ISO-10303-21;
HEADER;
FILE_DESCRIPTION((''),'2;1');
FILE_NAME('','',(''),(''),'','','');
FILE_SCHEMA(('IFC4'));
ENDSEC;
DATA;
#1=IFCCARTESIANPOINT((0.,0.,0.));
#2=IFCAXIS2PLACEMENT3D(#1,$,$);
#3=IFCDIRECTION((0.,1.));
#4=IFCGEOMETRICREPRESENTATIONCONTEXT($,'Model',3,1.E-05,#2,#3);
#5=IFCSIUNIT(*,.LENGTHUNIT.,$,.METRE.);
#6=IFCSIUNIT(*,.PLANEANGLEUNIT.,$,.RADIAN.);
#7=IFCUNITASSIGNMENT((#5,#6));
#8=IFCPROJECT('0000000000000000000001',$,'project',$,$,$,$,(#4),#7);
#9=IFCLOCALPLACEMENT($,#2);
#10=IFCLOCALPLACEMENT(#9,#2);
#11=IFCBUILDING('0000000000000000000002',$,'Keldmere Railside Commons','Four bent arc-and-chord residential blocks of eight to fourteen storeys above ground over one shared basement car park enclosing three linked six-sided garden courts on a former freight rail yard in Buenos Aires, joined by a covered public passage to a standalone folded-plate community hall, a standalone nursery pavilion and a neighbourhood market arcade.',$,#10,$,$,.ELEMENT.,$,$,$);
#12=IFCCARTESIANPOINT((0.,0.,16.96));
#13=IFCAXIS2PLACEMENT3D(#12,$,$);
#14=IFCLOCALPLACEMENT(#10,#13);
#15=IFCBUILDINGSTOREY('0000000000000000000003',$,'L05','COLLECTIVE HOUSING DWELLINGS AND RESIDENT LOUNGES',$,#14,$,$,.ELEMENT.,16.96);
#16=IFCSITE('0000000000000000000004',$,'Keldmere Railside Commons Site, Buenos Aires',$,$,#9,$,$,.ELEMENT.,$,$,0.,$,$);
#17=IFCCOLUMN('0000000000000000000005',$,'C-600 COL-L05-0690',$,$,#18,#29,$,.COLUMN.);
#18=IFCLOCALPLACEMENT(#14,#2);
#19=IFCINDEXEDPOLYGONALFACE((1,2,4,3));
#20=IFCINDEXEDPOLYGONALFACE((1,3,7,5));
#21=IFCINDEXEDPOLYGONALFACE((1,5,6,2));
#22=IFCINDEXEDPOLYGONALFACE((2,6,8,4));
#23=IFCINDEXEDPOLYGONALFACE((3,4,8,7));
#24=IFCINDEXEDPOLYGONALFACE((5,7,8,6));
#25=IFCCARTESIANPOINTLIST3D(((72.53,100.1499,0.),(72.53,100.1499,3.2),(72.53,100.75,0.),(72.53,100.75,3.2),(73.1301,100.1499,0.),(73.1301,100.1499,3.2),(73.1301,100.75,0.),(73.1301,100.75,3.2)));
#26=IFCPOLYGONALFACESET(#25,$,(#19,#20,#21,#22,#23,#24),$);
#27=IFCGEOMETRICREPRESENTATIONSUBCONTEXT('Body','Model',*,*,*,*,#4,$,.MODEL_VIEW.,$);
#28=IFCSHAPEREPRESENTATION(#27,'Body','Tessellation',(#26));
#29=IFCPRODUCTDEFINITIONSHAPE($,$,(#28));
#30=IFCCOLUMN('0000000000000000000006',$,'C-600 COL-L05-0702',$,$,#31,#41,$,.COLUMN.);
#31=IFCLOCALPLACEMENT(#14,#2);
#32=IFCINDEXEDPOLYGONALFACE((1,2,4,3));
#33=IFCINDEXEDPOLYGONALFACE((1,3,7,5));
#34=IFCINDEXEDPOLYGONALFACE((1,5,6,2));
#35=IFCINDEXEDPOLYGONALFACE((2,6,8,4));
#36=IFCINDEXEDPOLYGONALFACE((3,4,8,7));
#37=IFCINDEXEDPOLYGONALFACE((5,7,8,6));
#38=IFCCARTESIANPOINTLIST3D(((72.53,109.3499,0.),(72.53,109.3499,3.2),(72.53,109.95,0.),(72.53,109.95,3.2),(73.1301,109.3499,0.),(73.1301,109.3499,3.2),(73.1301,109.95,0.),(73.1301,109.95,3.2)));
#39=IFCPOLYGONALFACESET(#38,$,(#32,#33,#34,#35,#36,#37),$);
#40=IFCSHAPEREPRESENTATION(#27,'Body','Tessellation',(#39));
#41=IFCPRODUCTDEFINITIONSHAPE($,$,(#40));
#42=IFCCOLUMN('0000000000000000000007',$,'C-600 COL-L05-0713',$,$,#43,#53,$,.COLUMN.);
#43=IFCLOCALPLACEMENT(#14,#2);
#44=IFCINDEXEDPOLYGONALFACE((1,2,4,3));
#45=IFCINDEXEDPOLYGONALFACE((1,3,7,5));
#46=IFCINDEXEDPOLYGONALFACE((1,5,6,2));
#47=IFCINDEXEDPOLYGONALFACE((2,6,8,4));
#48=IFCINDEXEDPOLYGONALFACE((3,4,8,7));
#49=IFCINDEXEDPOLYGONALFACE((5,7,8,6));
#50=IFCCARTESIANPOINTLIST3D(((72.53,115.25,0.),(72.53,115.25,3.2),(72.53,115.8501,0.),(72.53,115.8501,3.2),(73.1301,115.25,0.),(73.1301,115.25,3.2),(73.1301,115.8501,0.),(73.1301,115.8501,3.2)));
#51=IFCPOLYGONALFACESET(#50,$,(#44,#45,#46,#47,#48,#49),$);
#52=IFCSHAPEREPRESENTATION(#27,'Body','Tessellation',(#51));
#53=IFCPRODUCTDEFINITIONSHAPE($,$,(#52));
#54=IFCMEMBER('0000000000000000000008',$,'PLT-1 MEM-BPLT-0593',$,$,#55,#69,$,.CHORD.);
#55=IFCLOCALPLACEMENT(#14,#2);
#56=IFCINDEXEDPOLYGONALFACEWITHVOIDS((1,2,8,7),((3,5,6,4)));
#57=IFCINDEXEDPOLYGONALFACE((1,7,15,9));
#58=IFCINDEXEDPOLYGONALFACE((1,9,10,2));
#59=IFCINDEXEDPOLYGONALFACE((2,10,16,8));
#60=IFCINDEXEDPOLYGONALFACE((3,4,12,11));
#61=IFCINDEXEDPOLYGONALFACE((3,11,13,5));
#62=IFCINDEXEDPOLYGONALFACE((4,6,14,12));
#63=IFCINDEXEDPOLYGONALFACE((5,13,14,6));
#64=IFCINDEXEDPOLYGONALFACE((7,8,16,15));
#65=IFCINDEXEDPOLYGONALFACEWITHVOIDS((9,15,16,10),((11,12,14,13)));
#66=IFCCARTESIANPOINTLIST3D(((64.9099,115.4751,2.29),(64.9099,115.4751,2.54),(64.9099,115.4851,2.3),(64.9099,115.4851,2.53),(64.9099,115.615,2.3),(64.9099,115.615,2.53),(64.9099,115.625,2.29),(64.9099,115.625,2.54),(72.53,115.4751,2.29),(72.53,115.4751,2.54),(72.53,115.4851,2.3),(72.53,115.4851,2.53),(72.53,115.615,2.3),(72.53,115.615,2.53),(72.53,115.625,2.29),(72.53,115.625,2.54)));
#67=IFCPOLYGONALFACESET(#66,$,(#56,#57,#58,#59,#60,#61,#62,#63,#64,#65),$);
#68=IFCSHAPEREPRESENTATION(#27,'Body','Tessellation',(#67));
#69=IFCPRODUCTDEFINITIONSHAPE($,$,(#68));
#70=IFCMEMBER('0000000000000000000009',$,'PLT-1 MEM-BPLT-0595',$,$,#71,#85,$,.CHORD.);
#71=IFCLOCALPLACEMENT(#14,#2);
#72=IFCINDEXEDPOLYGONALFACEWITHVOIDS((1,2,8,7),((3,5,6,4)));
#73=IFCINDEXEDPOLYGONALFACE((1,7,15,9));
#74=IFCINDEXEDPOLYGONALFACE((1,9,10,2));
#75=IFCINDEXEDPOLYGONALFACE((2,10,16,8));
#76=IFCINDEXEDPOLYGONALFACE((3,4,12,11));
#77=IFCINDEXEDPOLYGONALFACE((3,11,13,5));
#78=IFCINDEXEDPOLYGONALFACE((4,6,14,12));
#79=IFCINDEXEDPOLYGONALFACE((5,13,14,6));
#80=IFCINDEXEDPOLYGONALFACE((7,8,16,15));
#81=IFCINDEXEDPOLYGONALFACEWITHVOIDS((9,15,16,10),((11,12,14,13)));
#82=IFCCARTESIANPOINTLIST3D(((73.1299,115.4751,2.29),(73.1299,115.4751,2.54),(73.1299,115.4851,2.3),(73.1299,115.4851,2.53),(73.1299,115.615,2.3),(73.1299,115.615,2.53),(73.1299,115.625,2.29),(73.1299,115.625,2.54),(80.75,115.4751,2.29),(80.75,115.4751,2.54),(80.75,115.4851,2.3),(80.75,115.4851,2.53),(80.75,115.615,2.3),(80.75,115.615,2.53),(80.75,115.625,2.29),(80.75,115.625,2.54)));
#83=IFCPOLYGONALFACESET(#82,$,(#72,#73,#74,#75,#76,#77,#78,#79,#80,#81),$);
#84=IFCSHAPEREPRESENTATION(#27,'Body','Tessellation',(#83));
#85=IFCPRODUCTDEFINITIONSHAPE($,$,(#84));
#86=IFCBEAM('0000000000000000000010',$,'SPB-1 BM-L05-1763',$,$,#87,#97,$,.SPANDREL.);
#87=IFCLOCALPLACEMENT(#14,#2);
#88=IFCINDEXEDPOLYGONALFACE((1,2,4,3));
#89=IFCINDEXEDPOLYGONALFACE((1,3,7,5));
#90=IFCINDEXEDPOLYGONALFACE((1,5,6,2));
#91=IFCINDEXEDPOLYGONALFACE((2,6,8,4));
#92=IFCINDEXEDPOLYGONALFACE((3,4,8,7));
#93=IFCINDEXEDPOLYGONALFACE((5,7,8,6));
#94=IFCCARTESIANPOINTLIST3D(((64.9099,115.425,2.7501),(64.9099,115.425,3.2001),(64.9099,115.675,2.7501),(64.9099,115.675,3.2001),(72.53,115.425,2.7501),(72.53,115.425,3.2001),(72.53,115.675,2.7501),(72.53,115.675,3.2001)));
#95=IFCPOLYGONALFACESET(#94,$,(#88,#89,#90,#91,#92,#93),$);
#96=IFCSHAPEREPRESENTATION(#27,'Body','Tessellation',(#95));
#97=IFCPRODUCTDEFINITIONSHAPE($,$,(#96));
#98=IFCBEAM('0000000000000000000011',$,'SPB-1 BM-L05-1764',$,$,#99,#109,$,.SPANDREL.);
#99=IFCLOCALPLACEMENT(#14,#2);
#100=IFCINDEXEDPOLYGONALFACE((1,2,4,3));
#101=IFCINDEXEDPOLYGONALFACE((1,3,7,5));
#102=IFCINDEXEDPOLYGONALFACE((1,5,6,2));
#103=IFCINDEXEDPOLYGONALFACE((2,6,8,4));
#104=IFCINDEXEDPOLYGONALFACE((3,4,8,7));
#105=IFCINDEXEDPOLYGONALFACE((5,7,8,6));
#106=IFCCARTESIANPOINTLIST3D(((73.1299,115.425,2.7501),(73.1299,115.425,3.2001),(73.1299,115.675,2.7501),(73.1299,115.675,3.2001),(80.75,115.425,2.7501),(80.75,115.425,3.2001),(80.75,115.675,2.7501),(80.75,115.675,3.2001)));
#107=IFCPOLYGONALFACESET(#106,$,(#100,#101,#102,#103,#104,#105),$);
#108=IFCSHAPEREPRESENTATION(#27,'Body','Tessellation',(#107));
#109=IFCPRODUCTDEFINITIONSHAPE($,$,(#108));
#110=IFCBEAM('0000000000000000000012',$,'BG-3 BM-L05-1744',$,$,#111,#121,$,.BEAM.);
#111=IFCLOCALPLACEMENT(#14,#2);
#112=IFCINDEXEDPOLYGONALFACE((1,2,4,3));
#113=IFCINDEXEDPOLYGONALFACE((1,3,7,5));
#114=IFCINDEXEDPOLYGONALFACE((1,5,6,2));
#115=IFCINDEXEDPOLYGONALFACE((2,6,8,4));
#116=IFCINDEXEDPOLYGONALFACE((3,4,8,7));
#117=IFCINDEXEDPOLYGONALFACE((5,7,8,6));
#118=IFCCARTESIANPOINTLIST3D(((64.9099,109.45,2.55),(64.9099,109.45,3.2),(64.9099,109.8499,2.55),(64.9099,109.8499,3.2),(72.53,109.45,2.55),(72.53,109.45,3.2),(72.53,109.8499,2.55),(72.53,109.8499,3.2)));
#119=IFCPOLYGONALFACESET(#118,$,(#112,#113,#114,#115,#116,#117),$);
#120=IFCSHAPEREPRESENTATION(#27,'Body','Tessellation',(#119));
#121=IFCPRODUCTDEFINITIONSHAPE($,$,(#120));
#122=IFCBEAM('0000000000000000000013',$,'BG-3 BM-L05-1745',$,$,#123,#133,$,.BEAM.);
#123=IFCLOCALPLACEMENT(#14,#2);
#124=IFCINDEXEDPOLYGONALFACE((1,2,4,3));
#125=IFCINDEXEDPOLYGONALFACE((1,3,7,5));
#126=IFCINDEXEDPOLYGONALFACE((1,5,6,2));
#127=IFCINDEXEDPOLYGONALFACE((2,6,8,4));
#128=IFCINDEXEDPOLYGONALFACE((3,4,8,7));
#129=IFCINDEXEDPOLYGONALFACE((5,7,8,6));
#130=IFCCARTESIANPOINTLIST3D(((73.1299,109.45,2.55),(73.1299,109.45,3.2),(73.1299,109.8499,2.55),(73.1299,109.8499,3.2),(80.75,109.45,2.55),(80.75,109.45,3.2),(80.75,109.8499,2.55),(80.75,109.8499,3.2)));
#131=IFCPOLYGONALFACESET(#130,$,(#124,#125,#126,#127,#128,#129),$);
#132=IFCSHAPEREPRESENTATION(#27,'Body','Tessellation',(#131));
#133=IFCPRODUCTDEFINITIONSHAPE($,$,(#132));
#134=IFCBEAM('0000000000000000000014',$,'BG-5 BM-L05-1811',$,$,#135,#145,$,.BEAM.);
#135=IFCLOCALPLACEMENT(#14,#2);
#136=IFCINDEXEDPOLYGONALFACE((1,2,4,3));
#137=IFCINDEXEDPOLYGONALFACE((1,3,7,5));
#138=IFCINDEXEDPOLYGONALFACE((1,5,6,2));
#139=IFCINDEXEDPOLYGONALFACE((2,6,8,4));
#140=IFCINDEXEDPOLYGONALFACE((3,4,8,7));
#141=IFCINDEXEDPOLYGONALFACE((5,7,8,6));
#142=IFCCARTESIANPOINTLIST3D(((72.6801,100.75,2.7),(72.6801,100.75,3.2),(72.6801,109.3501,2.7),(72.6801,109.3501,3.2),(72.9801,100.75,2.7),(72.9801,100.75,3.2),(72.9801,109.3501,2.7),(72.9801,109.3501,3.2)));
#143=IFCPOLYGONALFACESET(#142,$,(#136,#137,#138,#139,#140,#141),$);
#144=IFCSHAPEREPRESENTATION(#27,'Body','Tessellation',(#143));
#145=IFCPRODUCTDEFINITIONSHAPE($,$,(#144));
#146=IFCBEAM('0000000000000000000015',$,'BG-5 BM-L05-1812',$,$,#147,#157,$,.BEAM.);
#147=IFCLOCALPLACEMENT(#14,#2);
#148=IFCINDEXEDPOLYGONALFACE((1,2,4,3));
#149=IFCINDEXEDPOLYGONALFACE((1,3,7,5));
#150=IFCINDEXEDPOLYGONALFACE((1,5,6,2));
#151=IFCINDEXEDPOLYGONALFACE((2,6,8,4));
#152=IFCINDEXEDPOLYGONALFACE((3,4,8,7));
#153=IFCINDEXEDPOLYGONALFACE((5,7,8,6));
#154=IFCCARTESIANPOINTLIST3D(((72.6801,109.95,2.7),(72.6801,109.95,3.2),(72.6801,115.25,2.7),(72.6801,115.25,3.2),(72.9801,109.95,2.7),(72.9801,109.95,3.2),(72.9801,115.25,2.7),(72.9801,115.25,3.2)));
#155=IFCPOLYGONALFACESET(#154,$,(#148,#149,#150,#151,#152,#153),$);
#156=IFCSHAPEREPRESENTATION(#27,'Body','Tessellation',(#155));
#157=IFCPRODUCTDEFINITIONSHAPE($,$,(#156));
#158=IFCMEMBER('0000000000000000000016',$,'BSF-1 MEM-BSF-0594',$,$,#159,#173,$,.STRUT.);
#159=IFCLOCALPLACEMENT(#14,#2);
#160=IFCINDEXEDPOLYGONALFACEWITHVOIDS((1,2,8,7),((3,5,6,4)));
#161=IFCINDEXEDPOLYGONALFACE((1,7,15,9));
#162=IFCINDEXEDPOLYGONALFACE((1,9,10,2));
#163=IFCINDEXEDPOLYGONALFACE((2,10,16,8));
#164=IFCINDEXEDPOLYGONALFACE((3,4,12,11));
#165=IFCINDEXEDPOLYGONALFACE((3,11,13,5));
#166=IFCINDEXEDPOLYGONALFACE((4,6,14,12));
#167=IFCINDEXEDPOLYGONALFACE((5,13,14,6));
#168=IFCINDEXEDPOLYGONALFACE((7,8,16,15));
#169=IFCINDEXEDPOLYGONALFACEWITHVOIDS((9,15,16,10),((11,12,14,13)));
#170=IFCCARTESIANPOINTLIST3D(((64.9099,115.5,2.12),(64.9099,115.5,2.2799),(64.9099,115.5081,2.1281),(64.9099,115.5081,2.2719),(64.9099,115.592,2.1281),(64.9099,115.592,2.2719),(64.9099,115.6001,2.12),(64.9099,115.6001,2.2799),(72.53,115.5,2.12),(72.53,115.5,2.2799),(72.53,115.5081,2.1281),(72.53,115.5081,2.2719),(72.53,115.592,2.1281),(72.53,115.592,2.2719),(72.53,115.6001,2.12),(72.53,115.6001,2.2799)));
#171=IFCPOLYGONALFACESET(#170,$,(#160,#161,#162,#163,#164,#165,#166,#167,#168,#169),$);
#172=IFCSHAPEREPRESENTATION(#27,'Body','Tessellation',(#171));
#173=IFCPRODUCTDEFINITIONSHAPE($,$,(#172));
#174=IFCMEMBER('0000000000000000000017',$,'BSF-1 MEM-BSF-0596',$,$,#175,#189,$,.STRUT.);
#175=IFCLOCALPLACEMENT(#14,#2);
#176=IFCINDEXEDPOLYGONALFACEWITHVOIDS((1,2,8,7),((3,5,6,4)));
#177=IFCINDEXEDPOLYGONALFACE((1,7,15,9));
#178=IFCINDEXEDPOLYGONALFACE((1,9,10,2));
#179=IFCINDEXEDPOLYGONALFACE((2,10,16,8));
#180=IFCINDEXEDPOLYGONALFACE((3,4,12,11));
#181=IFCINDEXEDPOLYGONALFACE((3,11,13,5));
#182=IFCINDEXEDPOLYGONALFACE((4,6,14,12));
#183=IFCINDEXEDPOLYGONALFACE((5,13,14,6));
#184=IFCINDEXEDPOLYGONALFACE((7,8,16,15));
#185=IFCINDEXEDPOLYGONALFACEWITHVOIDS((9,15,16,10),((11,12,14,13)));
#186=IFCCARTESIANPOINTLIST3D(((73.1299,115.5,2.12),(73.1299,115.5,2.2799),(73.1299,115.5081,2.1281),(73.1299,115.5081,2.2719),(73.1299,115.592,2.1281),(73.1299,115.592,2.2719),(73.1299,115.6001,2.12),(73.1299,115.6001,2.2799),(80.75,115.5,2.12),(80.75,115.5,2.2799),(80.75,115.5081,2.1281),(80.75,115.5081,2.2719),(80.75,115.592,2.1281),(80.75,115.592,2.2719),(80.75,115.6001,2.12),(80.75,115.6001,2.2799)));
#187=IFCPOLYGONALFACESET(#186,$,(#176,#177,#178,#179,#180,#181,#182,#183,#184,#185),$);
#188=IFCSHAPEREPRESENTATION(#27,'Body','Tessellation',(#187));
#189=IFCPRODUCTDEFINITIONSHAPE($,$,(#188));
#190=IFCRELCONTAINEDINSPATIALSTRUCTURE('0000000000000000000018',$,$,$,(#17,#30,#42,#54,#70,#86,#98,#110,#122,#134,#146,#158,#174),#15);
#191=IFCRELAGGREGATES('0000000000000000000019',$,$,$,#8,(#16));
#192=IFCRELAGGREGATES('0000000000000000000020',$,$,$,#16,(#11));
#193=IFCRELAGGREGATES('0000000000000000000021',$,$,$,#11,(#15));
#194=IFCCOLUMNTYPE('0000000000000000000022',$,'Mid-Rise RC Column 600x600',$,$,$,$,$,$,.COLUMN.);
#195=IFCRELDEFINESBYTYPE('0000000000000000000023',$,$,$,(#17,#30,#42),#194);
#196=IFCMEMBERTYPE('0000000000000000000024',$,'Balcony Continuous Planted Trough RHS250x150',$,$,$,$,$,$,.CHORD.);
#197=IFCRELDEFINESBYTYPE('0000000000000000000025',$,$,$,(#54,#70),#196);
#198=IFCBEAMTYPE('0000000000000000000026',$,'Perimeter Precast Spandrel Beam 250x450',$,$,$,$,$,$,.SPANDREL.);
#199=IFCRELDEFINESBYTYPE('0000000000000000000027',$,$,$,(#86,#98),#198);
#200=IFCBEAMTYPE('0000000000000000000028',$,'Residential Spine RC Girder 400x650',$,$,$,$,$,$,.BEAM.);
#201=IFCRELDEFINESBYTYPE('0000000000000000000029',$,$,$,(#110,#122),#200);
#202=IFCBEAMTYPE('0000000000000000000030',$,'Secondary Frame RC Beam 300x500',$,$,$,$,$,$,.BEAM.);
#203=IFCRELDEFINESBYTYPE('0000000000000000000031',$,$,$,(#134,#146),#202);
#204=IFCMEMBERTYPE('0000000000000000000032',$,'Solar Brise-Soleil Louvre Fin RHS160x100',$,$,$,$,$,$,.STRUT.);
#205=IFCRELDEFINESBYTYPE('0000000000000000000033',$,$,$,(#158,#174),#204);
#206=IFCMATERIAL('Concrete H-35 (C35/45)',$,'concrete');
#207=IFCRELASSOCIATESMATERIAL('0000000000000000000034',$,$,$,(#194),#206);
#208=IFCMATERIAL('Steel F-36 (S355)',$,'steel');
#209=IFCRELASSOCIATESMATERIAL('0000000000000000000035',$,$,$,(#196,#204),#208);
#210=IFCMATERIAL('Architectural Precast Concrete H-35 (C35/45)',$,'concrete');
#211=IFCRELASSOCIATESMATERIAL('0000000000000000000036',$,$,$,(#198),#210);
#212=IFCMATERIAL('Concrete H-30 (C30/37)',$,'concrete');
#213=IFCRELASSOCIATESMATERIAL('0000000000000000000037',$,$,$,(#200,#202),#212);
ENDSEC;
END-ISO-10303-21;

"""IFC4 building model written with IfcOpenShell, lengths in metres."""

from ifc_helpers import new_model, si_unit, direction, frame, origin, origin_2d, place, context, subcontext, project, spatial, rectangle, hollow_rectangle, extrude, material, material_profile, profile_set, type_object, element, save


model = new_model("IFC4")

# Units and contexts
model_context = context("Model", 3, precision=1e-05, world=origin(), true_north=direction((0.0, 1.0)))
body_context = subcontext(model_context, "Body", "Model", "MODEL_VIEW")
ifc_project = project(units=[si_unit("LENGTHUNIT", "METRE"), si_unit("PLANEANGLEUNIT", "RADIAN")], contexts=[model_context])

# Site, building, storey
site_placement = place(None, origin())
site = spatial("IfcSite", under=ifc_project, at=site_placement, Name="Keldmere Railside Commons Site, Buenos Aires", CompositionType="ELEMENT", RefElevation=0.0)
building_placement = place(site_placement, origin())
building = spatial("IfcBuilding", under=site, at=building_placement, Name="Keldmere Railside Commons", Description="Four bent arc-and-chord residential blocks of eight to fourteen storeys above ground over one shared basement car park enclosing three linked six-sided garden courts on a former freight rail yard in Buenos Aires, joined by a covered public passage to a standalone folded-plate community hall, a standalone nursery pavilion and a neighbourhood market arcade.", CompositionType="ELEMENT")
storey_placement = place(building_placement, frame((0.0, 0.0, 16.96)))
storey = spatial("IfcBuildingStorey", under=building, at=storey_placement, Name="L05", Description="COLLECTIVE HOUSING DWELLINGS AND RESIDENT LOUNGES", CompositionType="ELEMENT", Elevation=16.96)

# Columns
ifc_material_1 = material(Name="Concrete H-35 (C35/45)", Category="concrete")
ifc_material_profile_1 = material_profile(ifc_material_1, rectangle(XDim=0.6001, YDim=0.6001, at=origin_2d()), Name="RC-600x600")
ifc_profile_set_1 = profile_set([ifc_material_profile_1], Name="Concrete H-35 (C35/45)")
column_type = type_object("IfcColumnType", Name="Mid-Rise RC Column 600x600", PredefinedType="COLUMN", material=ifc_profile_set_1)
for number, where, z_axis, x_axis, name in (
    (1, (72.8301, 100.45, 0.0), (0.0, 0.0, 1.0), (1.0, 0.0, 0.0), "C-600 COL-L05-0690"),
    (2, (72.8301, 109.6499, 0.0), (0.0, 0.0, 1.0), (1.0, 0.0, 0.0), "C-600 COL-L05-0702"),
    (3, (72.8301, 115.55, 0.0), (0.0, 0.0, 1.0), (1.0, 0.0, 0.0), "C-600 COL-L05-0713"),
):
    element("IfcColumn", number, at=place(storey_placement, frame(where, z_axis=z_axis, x_axis=x_axis)), inside=storey, type_object=column_type, Name=name, PredefinedType="COLUMN", context=body_context, shape_type="SweptSolid", body=[
        extrude(rectangle(XDim=0.6001, YDim=0.6001, at=origin_2d()), origin(), (0.0, 0.0, 1.0), 3.2),
    ])

# Members
ifc_material_2 = material(Name="Steel F-36 (S355)", Category="steel")
ifc_material_profile_2 = material_profile(ifc_material_2, hollow_rectangle(XDim=0.1499, YDim=0.25, WallThickness=0.01, at=origin_2d()), Name="RHS-250x150x10")
ifc_profile_set_2 = profile_set([ifc_material_profile_2], Name="Steel F-36 (S355)")
member_type_1 = type_object("IfcMemberType", Name="Balcony Continuous Planted Trough RHS250x150", PredefinedType="CHORD", material=ifc_profile_set_2)
for number, where, z_axis, x_axis, name in (
    (4, (64.9099, 115.55, 2.415), (1.0, 0.0, 0.0), (0.0, 1.0, 0.0), "PLT-1 MEM-BPLT-0593"),
    (5, (73.1299, 115.55, 2.415), (1.0, 0.0, 0.0), (0.0, 1.0, 0.0), "PLT-1 MEM-BPLT-0595"),
):
    element("IfcMember", number, at=place(storey_placement, frame(where, z_axis=z_axis, x_axis=x_axis)), inside=storey, type_object=member_type_1, Name=name, PredefinedType="CHORD", context=body_context, shape_type="SweptSolid", body=[
        extrude(hollow_rectangle(XDim=0.1499, YDim=0.25, WallThickness=0.01, at=origin_2d()), origin(), (0.0, 0.0, 1.0), 7.6201),
    ])

# Beams
ifc_material_3 = material(Name="Architectural Precast Concrete H-35 (C35/45)", Category="concrete")
ifc_material_profile_3 = material_profile(ifc_material_3, rectangle(XDim=0.25, YDim=0.45, at=origin_2d()), Name="RC-250x450")
ifc_profile_set_3 = profile_set([ifc_material_profile_3], Name="Architectural Precast Concrete H-35 (C35/45)")
beam_type_1 = type_object("IfcBeamType", Name="Perimeter Precast Spandrel Beam 250x450", PredefinedType="SPANDREL", material=ifc_profile_set_3)
for number, where, z_axis, x_axis, name in (
    (6, (64.9099, 115.55, 2.9751), (1.0, 0.0, 0.0), (0.0, 1.0, 0.0), "SPB-1 BM-L05-1763"),
    (7, (73.1299, 115.55, 2.9751), (1.0, 0.0, 0.0), (0.0, 1.0, 0.0), "SPB-1 BM-L05-1764"),
):
    element("IfcBeam", number, at=place(storey_placement, frame(where, z_axis=z_axis, x_axis=x_axis)), inside=storey, type_object=beam_type_1, Name=name, PredefinedType="SPANDREL", context=body_context, shape_type="SweptSolid", body=[
        extrude(rectangle(XDim=0.25, YDim=0.45, at=origin_2d()), origin(), (0.0, 0.0, 1.0), 7.6201),
    ])
ifc_material_4 = material(Name="Concrete H-30 (C30/37)", Category="concrete")
ifc_material_profile_4 = material_profile(ifc_material_4, rectangle(XDim=0.3999, YDim=0.6499, at=origin_2d()), Name="RC-400x650")
ifc_profile_set_4 = profile_set([ifc_material_profile_4], Name="Concrete H-30 (C30/37)")
beam_type_2 = type_object("IfcBeamType", Name="Residential Spine RC Girder 400x650", PredefinedType="BEAM", material=ifc_profile_set_4)
for number, where, z_axis, x_axis, name in (
    (8, (64.9099, 109.6499, 2.875), (1.0, 0.0, 0.0), (0.0, 1.0, 0.0), "BG-3 BM-L05-1744"),
    (9, (73.1299, 109.6499, 2.875), (1.0, 0.0, 0.0), (0.0, 1.0, 0.0), "BG-3 BM-L05-1745"),
):
    element("IfcBeam", number, at=place(storey_placement, frame(where, z_axis=z_axis, x_axis=x_axis)), inside=storey, type_object=beam_type_2, Name=name, PredefinedType="BEAM", context=body_context, shape_type="SweptSolid", body=[
        extrude(rectangle(XDim=0.3999, YDim=0.6499, at=origin_2d()), origin(), (0.0, 0.0, 1.0), 7.6201),
    ])
ifc_material_profile_5 = material_profile(ifc_material_4, rectangle(XDim=0.3, YDim=0.5, at=origin_2d()), Name="RC-300x500")
ifc_profile_set_5 = profile_set([ifc_material_profile_5], Name="Concrete H-30 (C30/37)")
beam_type_3 = type_object("IfcBeamType", Name="Secondary Frame RC Beam 300x500", PredefinedType="BEAM", material=ifc_profile_set_5)
beam_1_placement = place(storey_placement, frame((72.8301, 100.75, 2.95), z_axis=(0.0, 1.0, 0.0), x_axis=(-1.0, 0.0, 0.0)))
element("IfcBeam", 10, at=beam_1_placement, inside=storey, type_object=beam_type_3, Name="BG-5 BM-L05-1811", PredefinedType="BEAM", context=body_context, shape_type="SweptSolid", body=[
    extrude(rectangle(XDim=0.3, YDim=0.5, at=origin_2d()), origin(), (0.0, 0.0, 1.0), 8.6001),
])
beam_2_placement = place(storey_placement, frame((72.8301, 109.95, 2.95), z_axis=(0.0, 1.0, 0.0), x_axis=(-1.0, 0.0, 0.0)))
element("IfcBeam", 11, at=beam_2_placement, inside=storey, type_object=beam_type_3, Name="BG-5 BM-L05-1812", PredefinedType="BEAM", context=body_context, shape_type="SweptSolid", body=[
    extrude(rectangle(XDim=0.3, YDim=0.5, at=origin_2d()), origin(), (0.0, 0.0, 1.0), 5.3),
])

# Members
ifc_material_profile_6 = material_profile(ifc_material_2, hollow_rectangle(XDim=0.1001, YDim=0.1599, WallThickness=0.0081, at=origin_2d()), Name="RHS-160x100x8")
ifc_profile_set_6 = profile_set([ifc_material_profile_6], Name="Steel F-36 (S355)")
member_type_2 = type_object("IfcMemberType", Name="Solar Brise-Soleil Louvre Fin RHS160x100", PredefinedType="STRUT", material=ifc_profile_set_6)
for number, where, z_axis, x_axis, name in (
    (12, (64.9099, 115.55, 2.2), (1.0, 0.0, 0.0), (0.0, 1.0, 0.0), "BSF-1 MEM-BSF-0594"),
    (13, (73.1299, 115.55, 2.2), (1.0, 0.0, 0.0), (0.0, 1.0, 0.0), "BSF-1 MEM-BSF-0596"),
):
    element("IfcMember", number, at=place(storey_placement, frame(where, z_axis=z_axis, x_axis=x_axis)), inside=storey, type_object=member_type_2, Name=name, PredefinedType="STRUT", context=body_context, shape_type="SweptSolid", body=[
        extrude(hollow_rectangle(XDim=0.1001, YDim=0.1599, WallThickness=0.0081, at=origin_2d()), origin(), (0.0, 0.0, 1.0), 7.6201),
    ])

save(model, "model.ifc")
